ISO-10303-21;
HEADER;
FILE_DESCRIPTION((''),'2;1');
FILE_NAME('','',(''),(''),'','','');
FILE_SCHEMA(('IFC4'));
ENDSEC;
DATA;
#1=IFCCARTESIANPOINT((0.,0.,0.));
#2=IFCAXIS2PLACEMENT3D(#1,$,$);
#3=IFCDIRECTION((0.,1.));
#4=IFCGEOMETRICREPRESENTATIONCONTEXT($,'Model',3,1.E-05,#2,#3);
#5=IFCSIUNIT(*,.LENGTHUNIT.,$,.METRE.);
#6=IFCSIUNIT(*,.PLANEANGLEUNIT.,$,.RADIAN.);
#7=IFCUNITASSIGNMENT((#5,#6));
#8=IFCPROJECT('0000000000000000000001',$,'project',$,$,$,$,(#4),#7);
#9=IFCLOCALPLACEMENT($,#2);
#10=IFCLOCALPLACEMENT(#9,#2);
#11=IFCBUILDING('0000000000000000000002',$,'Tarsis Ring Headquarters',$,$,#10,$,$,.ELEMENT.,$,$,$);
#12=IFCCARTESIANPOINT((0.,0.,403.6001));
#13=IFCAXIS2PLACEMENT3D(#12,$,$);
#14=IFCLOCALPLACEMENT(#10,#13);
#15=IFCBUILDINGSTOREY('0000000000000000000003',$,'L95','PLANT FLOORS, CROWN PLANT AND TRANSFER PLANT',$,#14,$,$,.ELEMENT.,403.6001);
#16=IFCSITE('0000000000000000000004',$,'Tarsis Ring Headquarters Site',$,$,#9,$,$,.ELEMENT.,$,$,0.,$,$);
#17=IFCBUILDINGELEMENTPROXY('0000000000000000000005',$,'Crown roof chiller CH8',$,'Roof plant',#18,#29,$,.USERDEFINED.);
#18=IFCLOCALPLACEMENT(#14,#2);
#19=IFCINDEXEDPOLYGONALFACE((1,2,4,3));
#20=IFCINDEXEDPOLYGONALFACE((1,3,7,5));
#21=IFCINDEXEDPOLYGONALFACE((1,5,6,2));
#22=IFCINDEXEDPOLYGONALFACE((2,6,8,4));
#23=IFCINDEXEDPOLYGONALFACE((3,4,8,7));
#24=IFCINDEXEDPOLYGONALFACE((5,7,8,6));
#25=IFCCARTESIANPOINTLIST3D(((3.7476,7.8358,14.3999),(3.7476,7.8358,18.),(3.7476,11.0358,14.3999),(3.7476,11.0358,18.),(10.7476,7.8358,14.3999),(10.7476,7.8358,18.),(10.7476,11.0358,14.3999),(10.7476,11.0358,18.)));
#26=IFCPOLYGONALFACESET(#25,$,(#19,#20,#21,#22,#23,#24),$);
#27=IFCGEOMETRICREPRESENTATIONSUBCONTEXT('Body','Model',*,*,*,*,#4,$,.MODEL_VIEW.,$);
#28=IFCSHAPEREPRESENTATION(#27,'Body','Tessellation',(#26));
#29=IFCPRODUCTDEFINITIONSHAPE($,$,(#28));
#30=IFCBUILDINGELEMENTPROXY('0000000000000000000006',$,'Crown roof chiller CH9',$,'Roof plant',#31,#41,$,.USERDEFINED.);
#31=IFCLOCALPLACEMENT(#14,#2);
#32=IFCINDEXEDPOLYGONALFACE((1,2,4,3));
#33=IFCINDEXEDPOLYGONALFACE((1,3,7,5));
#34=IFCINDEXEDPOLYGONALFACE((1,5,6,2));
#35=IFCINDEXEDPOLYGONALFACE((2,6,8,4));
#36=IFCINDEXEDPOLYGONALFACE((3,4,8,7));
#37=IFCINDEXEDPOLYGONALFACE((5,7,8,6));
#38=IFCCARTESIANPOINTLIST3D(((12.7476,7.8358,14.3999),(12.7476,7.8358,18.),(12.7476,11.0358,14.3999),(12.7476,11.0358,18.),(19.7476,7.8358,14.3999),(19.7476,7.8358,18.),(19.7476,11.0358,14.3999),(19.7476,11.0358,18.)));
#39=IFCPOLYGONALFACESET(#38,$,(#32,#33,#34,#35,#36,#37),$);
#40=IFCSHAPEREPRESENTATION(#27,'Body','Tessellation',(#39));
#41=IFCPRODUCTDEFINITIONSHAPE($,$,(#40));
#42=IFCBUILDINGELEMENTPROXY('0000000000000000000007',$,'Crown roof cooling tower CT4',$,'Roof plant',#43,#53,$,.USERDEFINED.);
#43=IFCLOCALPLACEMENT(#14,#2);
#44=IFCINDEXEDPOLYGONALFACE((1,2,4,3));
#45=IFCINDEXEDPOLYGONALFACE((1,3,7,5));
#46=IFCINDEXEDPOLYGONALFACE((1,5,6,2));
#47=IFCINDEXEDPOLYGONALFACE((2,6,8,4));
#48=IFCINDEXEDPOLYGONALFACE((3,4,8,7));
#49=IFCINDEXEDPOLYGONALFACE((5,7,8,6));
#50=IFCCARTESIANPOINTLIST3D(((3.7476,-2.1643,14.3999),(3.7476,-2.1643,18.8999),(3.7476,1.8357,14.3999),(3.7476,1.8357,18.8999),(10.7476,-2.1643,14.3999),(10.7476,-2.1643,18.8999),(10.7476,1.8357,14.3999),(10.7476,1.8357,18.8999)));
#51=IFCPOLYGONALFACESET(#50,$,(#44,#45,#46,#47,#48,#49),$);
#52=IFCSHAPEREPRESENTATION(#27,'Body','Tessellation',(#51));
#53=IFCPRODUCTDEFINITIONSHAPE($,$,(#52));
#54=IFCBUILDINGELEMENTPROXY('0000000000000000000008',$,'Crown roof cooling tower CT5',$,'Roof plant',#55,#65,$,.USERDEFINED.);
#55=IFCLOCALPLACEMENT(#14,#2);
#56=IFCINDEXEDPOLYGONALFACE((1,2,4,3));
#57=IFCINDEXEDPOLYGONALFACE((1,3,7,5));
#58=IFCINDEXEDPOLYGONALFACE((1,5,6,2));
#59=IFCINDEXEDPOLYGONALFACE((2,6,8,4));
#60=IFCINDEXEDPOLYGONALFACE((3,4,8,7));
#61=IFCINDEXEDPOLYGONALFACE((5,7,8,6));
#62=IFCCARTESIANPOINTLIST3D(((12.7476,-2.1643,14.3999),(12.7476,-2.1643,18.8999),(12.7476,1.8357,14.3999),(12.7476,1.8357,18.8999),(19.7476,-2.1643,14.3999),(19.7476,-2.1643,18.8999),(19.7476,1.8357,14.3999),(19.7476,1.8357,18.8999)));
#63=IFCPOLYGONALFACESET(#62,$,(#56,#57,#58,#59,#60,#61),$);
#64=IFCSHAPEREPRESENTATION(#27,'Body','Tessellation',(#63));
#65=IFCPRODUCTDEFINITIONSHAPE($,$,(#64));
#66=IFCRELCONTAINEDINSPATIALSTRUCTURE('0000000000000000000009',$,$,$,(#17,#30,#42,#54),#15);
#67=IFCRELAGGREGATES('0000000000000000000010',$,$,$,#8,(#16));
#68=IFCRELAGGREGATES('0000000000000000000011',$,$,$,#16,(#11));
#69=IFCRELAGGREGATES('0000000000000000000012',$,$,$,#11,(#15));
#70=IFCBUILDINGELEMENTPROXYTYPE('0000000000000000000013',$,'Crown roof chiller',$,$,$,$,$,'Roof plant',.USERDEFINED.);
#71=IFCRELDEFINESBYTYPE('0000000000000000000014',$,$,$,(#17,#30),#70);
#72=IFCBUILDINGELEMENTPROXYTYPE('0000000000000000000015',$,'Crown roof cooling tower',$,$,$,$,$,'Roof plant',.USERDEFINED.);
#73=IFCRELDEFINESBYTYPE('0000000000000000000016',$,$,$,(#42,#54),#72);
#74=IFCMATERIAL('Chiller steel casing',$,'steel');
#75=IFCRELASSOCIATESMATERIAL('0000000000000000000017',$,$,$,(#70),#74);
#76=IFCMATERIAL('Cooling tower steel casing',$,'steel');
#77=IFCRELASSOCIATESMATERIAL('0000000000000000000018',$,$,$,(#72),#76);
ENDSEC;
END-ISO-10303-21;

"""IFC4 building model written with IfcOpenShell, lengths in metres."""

from ifc_helpers import new_model, si_unit, direction, frame, origin, origin_2d, place, context, subcontext, project, spatial, rectangle, extrude, material, type_object, element, save


model = new_model("IFC4")

# Units and contexts
model_context = context("Model", 3, precision=1e-05, world=origin(), true_north=direction((0.0, 1.0)))
body_context = subcontext(model_context, "Body", "Model", "MODEL_VIEW")
ifc_project = project(units=[si_unit("LENGTHUNIT", "METRE"), si_unit("PLANEANGLEUNIT", "RADIAN")], contexts=[model_context])

# Site, building, storey
site_placement = place(None, origin())
site = spatial("IfcSite", under=ifc_project, at=site_placement, Name="Tarsis Ring Headquarters Site", CompositionType="ELEMENT", RefElevation=0.0)
building_placement = place(site_placement, origin())
building = spatial("IfcBuilding", under=site, at=building_placement, Name="Tarsis Ring Headquarters", CompositionType="ELEMENT")
storey_placement = place(building_placement, frame((0.0, 0.0, 403.6001)))
storey = spatial("IfcBuildingStorey", under=building, at=storey_placement, Name="L95", Description="PLANT FLOORS, CROWN PLANT AND TRANSFER PLANT", CompositionType="ELEMENT", Elevation=403.6001)

# Building element proxies
ifc_material_1 = material(Name="Chiller steel casing", Category="steel")
building_element_proxy_type_1 = type_object("IfcBuildingElementProxyType", Name="Crown roof chiller", ElementType="Roof plant", PredefinedType="USERDEFINED", material=ifc_material_1)
for number, where, z_axis, x_axis, name in (
    (1, (7.2476, 9.4358, 14.3999), (0.0, 0.0, 1.0), (1.0, 0.0, 0.0), "Crown roof chiller CH8"),
    (2, (16.2476, 9.4358, 14.3999), (0.0, 0.0, 1.0), (1.0, 0.0, 0.0), "Crown roof chiller CH9"),
):
    element("IfcBuildingElementProxy", number, at=place(storey_placement, frame(where, z_axis=z_axis, x_axis=x_axis)), inside=storey, type_object=building_element_proxy_type_1, Name=name, ObjectType="Roof plant", PredefinedType="USERDEFINED", context=body_context, shape_type="SweptSolid", body=[
        extrude(rectangle(XDim=7.0, YDim=3.2, at=origin_2d()), origin(), (0.0, 0.0, 1.0), 3.6001),
    ])
ifc_material_2 = material(Name="Cooling tower steel casing", Category="steel")
building_element_proxy_type_2 = type_object("IfcBuildingElementProxyType", Name="Crown roof cooling tower", ElementType="Roof plant", PredefinedType="USERDEFINED", material=ifc_material_2)
for number, where, z_axis, x_axis, name in (
    (3, (7.2476, -0.1643, 14.3999), (0.0, 0.0, 1.0), (1.0, 0.0, 0.0), "Crown roof cooling tower CT4"),
    (4, (16.2476, -0.1643, 14.3999), (0.0, 0.0, 1.0), (1.0, 0.0, 0.0), "Crown roof cooling tower CT5"),
):
    element("IfcBuildingElementProxy", number, at=place(storey_placement, frame(where, z_axis=z_axis, x_axis=x_axis)), inside=storey, type_object=building_element_proxy_type_2, Name=name, ObjectType="Roof plant", PredefinedType="USERDEFINED", context=body_context, shape_type="SweptSolid", body=[
        extrude(rectangle(XDim=7.0, YDim=4.0, at=origin_2d()), origin(), (0.0, 0.0, 1.0), 4.5),
    ])

save(model, "model.ifc")
